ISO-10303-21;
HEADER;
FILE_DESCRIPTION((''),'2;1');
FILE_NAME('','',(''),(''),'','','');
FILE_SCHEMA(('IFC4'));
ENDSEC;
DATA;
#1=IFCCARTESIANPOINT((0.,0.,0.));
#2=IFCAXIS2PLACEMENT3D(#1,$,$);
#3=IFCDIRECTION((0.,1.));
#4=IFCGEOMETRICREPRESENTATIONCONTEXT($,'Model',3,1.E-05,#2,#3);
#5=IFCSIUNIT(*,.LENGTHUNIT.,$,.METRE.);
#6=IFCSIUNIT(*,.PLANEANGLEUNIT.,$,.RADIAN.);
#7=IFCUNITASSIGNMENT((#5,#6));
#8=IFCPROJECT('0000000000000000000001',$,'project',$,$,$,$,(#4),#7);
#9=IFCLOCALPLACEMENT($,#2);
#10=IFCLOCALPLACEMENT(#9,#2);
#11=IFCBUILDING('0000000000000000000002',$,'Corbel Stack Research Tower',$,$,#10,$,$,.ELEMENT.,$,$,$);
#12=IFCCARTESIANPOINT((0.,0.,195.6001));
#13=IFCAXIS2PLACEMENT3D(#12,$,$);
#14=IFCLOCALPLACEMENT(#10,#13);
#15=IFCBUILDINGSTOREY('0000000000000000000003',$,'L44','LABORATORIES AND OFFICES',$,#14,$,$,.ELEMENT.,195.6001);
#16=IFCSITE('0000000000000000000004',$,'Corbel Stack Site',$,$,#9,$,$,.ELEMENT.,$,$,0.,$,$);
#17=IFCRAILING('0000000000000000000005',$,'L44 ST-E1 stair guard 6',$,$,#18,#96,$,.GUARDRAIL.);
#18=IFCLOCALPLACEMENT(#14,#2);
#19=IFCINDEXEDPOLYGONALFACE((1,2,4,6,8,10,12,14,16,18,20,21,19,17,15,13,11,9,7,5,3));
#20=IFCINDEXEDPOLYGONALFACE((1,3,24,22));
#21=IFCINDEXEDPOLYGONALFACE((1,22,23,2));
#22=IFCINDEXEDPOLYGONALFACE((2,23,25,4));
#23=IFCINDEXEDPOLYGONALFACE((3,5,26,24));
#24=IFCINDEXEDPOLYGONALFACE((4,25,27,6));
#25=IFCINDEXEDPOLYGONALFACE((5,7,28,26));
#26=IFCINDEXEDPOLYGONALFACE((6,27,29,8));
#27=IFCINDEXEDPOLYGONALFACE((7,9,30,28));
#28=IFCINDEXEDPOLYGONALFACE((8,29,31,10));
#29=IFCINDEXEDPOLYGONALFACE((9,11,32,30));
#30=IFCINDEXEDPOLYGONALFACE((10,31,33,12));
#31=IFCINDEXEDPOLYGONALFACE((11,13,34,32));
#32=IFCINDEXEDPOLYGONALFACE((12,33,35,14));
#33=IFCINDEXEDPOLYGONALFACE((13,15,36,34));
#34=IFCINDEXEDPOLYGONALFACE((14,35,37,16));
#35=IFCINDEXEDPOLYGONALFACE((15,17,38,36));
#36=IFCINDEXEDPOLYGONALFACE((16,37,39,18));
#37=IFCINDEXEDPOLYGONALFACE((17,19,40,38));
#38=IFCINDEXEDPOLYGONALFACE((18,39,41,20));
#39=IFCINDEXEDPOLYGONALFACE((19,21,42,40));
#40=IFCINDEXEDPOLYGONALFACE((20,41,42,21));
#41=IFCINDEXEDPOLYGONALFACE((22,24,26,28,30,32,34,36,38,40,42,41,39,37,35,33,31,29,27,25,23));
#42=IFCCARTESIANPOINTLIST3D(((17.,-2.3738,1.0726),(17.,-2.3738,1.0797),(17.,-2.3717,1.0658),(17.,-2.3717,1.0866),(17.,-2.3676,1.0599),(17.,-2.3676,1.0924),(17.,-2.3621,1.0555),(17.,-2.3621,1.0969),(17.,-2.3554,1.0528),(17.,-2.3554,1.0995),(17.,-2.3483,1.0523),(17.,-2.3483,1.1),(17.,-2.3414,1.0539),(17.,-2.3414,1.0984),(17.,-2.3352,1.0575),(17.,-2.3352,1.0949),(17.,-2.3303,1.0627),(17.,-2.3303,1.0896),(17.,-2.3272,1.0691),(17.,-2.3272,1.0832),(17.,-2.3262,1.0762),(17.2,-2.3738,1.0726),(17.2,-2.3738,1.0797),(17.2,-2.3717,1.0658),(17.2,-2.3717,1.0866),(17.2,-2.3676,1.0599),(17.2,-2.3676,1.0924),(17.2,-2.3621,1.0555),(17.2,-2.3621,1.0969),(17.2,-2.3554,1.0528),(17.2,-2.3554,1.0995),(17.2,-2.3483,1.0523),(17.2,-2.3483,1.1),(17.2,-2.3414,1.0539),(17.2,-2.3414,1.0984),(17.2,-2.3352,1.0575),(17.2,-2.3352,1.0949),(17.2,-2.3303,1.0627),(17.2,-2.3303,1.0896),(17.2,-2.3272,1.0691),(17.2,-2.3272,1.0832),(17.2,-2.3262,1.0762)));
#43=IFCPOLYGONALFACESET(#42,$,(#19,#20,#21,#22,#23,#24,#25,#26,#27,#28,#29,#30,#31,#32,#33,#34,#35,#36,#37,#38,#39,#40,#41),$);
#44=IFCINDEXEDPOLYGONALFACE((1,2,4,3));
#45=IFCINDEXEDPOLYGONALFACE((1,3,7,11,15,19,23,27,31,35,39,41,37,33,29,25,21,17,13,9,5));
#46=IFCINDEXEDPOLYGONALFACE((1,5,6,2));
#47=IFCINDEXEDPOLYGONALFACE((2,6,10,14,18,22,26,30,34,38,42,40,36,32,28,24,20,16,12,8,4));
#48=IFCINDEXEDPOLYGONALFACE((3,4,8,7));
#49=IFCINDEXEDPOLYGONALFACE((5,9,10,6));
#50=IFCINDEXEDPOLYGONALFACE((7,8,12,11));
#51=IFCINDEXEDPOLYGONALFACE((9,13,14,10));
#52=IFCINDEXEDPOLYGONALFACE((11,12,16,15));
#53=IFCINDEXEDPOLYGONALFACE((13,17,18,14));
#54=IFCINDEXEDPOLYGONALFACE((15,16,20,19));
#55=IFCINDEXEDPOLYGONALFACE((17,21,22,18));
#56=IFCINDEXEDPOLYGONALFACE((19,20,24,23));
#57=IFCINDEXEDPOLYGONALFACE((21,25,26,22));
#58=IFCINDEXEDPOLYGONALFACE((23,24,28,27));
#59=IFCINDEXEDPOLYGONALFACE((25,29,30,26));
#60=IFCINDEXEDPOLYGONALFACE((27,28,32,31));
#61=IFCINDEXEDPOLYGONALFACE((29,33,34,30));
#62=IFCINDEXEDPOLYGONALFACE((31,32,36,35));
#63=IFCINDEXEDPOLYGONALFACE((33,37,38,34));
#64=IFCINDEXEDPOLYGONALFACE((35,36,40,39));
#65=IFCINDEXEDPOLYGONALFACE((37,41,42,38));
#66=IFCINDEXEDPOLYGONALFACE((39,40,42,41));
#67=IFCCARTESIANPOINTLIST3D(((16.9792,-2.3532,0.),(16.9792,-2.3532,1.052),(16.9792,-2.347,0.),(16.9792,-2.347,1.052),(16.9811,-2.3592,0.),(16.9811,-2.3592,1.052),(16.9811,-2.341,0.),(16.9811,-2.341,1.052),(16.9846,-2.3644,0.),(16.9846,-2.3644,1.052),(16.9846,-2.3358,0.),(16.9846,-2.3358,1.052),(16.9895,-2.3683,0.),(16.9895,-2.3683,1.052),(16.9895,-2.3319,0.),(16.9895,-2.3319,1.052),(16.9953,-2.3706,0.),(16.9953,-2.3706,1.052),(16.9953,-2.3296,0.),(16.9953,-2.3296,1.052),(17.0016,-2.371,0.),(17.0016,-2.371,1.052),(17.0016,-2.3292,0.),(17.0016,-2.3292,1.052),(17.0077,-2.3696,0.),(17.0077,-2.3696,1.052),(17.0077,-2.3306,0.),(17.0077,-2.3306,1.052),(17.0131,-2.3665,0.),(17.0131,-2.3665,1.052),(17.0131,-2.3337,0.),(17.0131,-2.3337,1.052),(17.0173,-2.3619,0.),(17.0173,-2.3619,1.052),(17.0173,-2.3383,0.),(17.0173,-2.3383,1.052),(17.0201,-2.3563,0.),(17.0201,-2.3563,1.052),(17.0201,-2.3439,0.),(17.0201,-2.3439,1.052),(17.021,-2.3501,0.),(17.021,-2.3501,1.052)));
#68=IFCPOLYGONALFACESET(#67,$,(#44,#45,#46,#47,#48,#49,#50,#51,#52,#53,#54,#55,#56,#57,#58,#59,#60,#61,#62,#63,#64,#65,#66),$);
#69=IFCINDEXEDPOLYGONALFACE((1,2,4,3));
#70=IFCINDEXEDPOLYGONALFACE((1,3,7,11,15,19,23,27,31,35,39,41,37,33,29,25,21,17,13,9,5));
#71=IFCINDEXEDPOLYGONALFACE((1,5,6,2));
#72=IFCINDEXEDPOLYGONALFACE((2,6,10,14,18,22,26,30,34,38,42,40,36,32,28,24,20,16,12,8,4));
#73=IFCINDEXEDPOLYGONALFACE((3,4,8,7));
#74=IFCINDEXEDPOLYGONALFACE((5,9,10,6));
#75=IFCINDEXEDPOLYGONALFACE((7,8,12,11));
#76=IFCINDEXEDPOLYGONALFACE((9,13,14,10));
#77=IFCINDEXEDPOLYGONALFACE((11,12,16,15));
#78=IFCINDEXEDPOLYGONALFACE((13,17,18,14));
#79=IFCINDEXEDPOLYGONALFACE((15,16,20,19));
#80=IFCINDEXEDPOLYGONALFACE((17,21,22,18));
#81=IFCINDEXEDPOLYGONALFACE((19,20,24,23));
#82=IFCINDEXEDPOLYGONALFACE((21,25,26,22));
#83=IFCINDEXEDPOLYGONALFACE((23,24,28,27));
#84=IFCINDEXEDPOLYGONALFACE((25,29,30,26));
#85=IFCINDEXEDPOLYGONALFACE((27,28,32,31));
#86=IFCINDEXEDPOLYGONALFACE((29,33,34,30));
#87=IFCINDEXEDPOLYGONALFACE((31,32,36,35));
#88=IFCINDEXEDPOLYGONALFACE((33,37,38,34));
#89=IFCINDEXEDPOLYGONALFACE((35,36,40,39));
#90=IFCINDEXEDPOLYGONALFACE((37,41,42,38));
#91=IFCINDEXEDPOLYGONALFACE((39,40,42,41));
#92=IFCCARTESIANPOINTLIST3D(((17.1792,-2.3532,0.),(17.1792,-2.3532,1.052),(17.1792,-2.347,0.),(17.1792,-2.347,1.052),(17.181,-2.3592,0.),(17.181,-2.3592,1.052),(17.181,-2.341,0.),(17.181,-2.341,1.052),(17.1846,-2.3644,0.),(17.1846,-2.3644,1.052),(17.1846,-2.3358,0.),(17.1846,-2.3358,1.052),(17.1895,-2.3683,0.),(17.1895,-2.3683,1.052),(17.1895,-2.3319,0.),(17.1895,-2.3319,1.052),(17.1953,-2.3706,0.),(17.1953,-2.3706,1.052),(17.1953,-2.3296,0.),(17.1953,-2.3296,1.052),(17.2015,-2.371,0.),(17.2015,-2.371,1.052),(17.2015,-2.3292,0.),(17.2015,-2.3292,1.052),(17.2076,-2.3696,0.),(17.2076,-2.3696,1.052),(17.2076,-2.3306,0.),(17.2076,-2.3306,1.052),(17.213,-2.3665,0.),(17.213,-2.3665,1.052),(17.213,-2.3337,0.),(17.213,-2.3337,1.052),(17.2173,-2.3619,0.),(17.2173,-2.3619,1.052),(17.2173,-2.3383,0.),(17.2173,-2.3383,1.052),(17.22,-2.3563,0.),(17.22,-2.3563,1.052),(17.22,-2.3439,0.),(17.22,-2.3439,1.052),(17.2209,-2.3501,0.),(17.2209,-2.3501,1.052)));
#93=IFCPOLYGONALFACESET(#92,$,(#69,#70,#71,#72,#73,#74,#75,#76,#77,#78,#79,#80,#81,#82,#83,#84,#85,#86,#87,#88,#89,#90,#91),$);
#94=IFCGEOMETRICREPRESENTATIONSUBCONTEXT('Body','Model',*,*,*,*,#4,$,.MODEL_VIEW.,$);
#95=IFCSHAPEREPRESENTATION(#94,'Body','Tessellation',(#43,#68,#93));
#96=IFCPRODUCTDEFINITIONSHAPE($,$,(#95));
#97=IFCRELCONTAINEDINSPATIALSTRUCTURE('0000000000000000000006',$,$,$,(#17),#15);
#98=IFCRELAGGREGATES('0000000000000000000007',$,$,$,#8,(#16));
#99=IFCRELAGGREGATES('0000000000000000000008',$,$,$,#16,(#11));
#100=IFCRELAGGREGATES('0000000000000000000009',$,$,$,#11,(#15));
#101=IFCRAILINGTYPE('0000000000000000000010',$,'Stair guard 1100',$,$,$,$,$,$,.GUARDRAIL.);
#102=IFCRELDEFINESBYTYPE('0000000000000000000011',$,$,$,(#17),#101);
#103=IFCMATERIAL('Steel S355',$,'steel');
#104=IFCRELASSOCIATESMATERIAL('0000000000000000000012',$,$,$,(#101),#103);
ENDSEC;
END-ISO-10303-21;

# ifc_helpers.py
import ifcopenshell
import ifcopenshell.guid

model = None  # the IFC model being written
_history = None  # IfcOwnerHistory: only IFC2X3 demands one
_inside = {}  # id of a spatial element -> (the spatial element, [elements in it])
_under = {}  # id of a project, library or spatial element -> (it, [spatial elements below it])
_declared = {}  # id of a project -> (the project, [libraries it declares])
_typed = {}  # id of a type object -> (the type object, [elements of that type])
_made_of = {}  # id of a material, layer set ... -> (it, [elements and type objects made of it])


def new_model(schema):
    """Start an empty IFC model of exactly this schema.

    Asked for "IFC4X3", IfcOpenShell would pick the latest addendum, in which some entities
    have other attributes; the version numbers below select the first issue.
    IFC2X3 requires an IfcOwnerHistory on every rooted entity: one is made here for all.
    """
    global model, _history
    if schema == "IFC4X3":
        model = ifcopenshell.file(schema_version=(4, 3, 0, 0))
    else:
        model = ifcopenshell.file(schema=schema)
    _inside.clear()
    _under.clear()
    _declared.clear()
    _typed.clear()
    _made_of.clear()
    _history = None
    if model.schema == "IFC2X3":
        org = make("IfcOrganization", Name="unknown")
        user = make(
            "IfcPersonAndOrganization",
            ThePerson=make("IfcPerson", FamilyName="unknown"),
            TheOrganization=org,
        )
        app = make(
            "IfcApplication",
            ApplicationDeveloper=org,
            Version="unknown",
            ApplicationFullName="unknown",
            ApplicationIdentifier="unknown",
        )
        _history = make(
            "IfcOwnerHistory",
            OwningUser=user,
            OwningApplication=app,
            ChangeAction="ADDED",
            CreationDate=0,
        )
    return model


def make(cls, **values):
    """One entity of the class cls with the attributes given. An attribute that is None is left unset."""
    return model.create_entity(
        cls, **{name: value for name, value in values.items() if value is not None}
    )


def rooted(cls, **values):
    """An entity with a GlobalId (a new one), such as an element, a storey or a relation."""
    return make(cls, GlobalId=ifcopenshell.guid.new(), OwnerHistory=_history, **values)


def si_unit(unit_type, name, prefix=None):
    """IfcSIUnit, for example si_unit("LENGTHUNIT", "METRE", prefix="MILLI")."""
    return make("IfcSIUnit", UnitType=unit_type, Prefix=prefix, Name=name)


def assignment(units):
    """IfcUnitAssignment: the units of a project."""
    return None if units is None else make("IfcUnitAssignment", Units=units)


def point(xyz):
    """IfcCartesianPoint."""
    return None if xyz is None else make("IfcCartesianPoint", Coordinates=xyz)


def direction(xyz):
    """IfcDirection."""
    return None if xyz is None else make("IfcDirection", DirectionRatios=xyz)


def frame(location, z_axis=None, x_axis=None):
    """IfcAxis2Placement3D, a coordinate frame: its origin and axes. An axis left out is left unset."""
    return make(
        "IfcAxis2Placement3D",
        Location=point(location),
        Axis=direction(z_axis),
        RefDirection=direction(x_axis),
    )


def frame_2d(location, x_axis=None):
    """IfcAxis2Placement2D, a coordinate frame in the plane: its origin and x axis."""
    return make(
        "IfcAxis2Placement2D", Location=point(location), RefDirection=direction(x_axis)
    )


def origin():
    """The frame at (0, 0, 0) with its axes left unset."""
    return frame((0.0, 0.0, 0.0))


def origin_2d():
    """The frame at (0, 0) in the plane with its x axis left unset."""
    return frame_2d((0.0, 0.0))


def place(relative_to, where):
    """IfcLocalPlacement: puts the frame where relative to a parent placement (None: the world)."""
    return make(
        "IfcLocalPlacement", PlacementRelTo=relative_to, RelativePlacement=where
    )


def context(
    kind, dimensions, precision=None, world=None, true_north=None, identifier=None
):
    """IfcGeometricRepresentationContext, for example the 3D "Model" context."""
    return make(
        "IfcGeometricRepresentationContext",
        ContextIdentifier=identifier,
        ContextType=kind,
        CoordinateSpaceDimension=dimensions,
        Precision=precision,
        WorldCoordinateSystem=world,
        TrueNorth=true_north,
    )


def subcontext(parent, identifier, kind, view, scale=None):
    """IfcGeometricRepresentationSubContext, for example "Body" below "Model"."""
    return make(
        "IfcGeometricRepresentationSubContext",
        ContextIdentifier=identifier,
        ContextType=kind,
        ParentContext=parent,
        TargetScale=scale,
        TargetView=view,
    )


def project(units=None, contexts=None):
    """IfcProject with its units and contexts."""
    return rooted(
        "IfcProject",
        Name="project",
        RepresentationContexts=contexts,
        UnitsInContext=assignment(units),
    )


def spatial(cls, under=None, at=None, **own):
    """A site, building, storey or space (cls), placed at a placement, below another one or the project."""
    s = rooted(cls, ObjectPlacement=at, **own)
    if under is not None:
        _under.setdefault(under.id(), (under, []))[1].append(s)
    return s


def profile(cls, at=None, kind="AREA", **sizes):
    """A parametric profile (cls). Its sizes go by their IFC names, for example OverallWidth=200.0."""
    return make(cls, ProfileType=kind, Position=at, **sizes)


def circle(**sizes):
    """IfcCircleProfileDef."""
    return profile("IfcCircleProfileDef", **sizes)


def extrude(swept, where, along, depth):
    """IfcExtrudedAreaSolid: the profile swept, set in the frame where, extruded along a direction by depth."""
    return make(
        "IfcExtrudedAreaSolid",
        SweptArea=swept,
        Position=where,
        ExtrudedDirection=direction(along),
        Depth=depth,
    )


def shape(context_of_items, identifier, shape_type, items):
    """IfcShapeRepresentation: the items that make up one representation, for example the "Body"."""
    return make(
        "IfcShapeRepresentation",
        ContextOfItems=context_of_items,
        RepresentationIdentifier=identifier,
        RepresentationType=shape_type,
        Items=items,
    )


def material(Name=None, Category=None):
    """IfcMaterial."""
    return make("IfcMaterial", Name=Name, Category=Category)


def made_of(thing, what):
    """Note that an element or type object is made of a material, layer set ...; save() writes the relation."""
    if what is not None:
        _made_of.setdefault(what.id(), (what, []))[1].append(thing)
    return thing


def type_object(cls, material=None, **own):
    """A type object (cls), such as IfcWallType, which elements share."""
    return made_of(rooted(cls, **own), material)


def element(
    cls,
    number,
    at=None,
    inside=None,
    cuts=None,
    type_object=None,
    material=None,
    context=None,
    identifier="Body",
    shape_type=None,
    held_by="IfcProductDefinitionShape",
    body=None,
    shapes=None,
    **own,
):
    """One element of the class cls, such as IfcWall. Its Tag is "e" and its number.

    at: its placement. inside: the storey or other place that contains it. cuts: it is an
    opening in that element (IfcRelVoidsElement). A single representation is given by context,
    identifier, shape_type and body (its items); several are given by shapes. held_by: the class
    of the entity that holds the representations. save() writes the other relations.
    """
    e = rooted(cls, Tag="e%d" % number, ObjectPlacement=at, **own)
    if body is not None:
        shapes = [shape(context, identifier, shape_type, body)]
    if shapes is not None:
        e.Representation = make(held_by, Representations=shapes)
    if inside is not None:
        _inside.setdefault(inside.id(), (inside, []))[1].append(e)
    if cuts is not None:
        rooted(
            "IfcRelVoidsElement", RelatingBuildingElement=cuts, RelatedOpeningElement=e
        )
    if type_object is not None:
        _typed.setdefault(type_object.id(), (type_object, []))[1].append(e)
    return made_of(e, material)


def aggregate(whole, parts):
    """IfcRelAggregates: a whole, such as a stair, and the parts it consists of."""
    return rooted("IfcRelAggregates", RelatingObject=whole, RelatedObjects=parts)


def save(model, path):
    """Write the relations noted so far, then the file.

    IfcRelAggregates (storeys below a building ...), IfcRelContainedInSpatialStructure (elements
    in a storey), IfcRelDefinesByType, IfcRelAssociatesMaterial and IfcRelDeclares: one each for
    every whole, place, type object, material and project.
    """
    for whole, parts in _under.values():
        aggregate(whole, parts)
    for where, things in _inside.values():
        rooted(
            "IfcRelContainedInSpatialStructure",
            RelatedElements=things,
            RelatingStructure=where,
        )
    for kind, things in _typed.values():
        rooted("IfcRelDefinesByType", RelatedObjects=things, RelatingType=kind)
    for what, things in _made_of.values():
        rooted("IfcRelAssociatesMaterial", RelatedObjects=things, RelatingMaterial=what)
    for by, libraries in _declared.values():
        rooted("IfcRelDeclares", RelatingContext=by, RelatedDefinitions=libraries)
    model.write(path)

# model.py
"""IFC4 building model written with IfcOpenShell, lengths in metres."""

from ifc_helpers import new_model, si_unit, direction, frame, origin, origin_2d, place, context, subcontext, project, spatial, circle, extrude, material, type_object, element, save


model = new_model("IFC4")

# Units and contexts
model_context = context("Model", 3, precision=1e-05, world=origin(), true_north=direction((0.0, 1.0)))
body_context = subcontext(model_context, "Body", "Model", "MODEL_VIEW")
ifc_project = project(units=[si_unit("LENGTHUNIT", "METRE"), si_unit("PLANEANGLEUNIT", "RADIAN")], contexts=[model_context])

# Site, building, storey
site_placement = place(None, origin())
site = spatial("IfcSite", under=ifc_project, at=site_placement, Name="Corbel Stack Site", CompositionType="ELEMENT", RefElevation=0.0)
building_placement = place(site_placement, origin())
building = spatial("IfcBuilding", under=site, at=building_placement, Name="Corbel Stack Research Tower", CompositionType="ELEMENT")
storey_placement = place(building_placement, frame((0.0, 0.0, 195.6001)))
storey = spatial("IfcBuildingStorey", under=building, at=storey_placement, Name="L44", Description="LABORATORIES AND OFFICES", CompositionType="ELEMENT", Elevation=195.6001)

# Railing
ifc_material_1 = material(Name="Steel S355", Category="steel")
railing_type = type_object("IfcRailingType", Name="Stair guard 1100", PredefinedType="GUARDRAIL", material=ifc_material_1)
railing_placement = place(storey_placement, frame((17.0, -2.3501, 0.0)))
element("IfcRailing", 1, at=railing_placement, inside=storey, type_object=railing_type, Name="L44 ST-E1 stair guard 6", PredefinedType="GUARDRAIL", context=body_context, shape_type="SweptSolid", body=[
    extrude(circle(Radius=0.0239, at=origin_2d()), frame((0.0, 0.0, 1.0762), z_axis=(1.0, 0.0, 0.0), x_axis=(0.0, 1.0, 0.0)), (0.0, 0.0, 1.0), 0.2),
    extrude(circle(Radius=0.021, at=origin_2d()), origin(), (0.0, 0.0, 1.0), 1.052),
    extrude(circle(Radius=0.021, at=origin_2d()), frame((0.2, 0.0, 0.0)), (0.0, 0.0, 1.0), 1.052),
])

save(model, "model.ifc")
